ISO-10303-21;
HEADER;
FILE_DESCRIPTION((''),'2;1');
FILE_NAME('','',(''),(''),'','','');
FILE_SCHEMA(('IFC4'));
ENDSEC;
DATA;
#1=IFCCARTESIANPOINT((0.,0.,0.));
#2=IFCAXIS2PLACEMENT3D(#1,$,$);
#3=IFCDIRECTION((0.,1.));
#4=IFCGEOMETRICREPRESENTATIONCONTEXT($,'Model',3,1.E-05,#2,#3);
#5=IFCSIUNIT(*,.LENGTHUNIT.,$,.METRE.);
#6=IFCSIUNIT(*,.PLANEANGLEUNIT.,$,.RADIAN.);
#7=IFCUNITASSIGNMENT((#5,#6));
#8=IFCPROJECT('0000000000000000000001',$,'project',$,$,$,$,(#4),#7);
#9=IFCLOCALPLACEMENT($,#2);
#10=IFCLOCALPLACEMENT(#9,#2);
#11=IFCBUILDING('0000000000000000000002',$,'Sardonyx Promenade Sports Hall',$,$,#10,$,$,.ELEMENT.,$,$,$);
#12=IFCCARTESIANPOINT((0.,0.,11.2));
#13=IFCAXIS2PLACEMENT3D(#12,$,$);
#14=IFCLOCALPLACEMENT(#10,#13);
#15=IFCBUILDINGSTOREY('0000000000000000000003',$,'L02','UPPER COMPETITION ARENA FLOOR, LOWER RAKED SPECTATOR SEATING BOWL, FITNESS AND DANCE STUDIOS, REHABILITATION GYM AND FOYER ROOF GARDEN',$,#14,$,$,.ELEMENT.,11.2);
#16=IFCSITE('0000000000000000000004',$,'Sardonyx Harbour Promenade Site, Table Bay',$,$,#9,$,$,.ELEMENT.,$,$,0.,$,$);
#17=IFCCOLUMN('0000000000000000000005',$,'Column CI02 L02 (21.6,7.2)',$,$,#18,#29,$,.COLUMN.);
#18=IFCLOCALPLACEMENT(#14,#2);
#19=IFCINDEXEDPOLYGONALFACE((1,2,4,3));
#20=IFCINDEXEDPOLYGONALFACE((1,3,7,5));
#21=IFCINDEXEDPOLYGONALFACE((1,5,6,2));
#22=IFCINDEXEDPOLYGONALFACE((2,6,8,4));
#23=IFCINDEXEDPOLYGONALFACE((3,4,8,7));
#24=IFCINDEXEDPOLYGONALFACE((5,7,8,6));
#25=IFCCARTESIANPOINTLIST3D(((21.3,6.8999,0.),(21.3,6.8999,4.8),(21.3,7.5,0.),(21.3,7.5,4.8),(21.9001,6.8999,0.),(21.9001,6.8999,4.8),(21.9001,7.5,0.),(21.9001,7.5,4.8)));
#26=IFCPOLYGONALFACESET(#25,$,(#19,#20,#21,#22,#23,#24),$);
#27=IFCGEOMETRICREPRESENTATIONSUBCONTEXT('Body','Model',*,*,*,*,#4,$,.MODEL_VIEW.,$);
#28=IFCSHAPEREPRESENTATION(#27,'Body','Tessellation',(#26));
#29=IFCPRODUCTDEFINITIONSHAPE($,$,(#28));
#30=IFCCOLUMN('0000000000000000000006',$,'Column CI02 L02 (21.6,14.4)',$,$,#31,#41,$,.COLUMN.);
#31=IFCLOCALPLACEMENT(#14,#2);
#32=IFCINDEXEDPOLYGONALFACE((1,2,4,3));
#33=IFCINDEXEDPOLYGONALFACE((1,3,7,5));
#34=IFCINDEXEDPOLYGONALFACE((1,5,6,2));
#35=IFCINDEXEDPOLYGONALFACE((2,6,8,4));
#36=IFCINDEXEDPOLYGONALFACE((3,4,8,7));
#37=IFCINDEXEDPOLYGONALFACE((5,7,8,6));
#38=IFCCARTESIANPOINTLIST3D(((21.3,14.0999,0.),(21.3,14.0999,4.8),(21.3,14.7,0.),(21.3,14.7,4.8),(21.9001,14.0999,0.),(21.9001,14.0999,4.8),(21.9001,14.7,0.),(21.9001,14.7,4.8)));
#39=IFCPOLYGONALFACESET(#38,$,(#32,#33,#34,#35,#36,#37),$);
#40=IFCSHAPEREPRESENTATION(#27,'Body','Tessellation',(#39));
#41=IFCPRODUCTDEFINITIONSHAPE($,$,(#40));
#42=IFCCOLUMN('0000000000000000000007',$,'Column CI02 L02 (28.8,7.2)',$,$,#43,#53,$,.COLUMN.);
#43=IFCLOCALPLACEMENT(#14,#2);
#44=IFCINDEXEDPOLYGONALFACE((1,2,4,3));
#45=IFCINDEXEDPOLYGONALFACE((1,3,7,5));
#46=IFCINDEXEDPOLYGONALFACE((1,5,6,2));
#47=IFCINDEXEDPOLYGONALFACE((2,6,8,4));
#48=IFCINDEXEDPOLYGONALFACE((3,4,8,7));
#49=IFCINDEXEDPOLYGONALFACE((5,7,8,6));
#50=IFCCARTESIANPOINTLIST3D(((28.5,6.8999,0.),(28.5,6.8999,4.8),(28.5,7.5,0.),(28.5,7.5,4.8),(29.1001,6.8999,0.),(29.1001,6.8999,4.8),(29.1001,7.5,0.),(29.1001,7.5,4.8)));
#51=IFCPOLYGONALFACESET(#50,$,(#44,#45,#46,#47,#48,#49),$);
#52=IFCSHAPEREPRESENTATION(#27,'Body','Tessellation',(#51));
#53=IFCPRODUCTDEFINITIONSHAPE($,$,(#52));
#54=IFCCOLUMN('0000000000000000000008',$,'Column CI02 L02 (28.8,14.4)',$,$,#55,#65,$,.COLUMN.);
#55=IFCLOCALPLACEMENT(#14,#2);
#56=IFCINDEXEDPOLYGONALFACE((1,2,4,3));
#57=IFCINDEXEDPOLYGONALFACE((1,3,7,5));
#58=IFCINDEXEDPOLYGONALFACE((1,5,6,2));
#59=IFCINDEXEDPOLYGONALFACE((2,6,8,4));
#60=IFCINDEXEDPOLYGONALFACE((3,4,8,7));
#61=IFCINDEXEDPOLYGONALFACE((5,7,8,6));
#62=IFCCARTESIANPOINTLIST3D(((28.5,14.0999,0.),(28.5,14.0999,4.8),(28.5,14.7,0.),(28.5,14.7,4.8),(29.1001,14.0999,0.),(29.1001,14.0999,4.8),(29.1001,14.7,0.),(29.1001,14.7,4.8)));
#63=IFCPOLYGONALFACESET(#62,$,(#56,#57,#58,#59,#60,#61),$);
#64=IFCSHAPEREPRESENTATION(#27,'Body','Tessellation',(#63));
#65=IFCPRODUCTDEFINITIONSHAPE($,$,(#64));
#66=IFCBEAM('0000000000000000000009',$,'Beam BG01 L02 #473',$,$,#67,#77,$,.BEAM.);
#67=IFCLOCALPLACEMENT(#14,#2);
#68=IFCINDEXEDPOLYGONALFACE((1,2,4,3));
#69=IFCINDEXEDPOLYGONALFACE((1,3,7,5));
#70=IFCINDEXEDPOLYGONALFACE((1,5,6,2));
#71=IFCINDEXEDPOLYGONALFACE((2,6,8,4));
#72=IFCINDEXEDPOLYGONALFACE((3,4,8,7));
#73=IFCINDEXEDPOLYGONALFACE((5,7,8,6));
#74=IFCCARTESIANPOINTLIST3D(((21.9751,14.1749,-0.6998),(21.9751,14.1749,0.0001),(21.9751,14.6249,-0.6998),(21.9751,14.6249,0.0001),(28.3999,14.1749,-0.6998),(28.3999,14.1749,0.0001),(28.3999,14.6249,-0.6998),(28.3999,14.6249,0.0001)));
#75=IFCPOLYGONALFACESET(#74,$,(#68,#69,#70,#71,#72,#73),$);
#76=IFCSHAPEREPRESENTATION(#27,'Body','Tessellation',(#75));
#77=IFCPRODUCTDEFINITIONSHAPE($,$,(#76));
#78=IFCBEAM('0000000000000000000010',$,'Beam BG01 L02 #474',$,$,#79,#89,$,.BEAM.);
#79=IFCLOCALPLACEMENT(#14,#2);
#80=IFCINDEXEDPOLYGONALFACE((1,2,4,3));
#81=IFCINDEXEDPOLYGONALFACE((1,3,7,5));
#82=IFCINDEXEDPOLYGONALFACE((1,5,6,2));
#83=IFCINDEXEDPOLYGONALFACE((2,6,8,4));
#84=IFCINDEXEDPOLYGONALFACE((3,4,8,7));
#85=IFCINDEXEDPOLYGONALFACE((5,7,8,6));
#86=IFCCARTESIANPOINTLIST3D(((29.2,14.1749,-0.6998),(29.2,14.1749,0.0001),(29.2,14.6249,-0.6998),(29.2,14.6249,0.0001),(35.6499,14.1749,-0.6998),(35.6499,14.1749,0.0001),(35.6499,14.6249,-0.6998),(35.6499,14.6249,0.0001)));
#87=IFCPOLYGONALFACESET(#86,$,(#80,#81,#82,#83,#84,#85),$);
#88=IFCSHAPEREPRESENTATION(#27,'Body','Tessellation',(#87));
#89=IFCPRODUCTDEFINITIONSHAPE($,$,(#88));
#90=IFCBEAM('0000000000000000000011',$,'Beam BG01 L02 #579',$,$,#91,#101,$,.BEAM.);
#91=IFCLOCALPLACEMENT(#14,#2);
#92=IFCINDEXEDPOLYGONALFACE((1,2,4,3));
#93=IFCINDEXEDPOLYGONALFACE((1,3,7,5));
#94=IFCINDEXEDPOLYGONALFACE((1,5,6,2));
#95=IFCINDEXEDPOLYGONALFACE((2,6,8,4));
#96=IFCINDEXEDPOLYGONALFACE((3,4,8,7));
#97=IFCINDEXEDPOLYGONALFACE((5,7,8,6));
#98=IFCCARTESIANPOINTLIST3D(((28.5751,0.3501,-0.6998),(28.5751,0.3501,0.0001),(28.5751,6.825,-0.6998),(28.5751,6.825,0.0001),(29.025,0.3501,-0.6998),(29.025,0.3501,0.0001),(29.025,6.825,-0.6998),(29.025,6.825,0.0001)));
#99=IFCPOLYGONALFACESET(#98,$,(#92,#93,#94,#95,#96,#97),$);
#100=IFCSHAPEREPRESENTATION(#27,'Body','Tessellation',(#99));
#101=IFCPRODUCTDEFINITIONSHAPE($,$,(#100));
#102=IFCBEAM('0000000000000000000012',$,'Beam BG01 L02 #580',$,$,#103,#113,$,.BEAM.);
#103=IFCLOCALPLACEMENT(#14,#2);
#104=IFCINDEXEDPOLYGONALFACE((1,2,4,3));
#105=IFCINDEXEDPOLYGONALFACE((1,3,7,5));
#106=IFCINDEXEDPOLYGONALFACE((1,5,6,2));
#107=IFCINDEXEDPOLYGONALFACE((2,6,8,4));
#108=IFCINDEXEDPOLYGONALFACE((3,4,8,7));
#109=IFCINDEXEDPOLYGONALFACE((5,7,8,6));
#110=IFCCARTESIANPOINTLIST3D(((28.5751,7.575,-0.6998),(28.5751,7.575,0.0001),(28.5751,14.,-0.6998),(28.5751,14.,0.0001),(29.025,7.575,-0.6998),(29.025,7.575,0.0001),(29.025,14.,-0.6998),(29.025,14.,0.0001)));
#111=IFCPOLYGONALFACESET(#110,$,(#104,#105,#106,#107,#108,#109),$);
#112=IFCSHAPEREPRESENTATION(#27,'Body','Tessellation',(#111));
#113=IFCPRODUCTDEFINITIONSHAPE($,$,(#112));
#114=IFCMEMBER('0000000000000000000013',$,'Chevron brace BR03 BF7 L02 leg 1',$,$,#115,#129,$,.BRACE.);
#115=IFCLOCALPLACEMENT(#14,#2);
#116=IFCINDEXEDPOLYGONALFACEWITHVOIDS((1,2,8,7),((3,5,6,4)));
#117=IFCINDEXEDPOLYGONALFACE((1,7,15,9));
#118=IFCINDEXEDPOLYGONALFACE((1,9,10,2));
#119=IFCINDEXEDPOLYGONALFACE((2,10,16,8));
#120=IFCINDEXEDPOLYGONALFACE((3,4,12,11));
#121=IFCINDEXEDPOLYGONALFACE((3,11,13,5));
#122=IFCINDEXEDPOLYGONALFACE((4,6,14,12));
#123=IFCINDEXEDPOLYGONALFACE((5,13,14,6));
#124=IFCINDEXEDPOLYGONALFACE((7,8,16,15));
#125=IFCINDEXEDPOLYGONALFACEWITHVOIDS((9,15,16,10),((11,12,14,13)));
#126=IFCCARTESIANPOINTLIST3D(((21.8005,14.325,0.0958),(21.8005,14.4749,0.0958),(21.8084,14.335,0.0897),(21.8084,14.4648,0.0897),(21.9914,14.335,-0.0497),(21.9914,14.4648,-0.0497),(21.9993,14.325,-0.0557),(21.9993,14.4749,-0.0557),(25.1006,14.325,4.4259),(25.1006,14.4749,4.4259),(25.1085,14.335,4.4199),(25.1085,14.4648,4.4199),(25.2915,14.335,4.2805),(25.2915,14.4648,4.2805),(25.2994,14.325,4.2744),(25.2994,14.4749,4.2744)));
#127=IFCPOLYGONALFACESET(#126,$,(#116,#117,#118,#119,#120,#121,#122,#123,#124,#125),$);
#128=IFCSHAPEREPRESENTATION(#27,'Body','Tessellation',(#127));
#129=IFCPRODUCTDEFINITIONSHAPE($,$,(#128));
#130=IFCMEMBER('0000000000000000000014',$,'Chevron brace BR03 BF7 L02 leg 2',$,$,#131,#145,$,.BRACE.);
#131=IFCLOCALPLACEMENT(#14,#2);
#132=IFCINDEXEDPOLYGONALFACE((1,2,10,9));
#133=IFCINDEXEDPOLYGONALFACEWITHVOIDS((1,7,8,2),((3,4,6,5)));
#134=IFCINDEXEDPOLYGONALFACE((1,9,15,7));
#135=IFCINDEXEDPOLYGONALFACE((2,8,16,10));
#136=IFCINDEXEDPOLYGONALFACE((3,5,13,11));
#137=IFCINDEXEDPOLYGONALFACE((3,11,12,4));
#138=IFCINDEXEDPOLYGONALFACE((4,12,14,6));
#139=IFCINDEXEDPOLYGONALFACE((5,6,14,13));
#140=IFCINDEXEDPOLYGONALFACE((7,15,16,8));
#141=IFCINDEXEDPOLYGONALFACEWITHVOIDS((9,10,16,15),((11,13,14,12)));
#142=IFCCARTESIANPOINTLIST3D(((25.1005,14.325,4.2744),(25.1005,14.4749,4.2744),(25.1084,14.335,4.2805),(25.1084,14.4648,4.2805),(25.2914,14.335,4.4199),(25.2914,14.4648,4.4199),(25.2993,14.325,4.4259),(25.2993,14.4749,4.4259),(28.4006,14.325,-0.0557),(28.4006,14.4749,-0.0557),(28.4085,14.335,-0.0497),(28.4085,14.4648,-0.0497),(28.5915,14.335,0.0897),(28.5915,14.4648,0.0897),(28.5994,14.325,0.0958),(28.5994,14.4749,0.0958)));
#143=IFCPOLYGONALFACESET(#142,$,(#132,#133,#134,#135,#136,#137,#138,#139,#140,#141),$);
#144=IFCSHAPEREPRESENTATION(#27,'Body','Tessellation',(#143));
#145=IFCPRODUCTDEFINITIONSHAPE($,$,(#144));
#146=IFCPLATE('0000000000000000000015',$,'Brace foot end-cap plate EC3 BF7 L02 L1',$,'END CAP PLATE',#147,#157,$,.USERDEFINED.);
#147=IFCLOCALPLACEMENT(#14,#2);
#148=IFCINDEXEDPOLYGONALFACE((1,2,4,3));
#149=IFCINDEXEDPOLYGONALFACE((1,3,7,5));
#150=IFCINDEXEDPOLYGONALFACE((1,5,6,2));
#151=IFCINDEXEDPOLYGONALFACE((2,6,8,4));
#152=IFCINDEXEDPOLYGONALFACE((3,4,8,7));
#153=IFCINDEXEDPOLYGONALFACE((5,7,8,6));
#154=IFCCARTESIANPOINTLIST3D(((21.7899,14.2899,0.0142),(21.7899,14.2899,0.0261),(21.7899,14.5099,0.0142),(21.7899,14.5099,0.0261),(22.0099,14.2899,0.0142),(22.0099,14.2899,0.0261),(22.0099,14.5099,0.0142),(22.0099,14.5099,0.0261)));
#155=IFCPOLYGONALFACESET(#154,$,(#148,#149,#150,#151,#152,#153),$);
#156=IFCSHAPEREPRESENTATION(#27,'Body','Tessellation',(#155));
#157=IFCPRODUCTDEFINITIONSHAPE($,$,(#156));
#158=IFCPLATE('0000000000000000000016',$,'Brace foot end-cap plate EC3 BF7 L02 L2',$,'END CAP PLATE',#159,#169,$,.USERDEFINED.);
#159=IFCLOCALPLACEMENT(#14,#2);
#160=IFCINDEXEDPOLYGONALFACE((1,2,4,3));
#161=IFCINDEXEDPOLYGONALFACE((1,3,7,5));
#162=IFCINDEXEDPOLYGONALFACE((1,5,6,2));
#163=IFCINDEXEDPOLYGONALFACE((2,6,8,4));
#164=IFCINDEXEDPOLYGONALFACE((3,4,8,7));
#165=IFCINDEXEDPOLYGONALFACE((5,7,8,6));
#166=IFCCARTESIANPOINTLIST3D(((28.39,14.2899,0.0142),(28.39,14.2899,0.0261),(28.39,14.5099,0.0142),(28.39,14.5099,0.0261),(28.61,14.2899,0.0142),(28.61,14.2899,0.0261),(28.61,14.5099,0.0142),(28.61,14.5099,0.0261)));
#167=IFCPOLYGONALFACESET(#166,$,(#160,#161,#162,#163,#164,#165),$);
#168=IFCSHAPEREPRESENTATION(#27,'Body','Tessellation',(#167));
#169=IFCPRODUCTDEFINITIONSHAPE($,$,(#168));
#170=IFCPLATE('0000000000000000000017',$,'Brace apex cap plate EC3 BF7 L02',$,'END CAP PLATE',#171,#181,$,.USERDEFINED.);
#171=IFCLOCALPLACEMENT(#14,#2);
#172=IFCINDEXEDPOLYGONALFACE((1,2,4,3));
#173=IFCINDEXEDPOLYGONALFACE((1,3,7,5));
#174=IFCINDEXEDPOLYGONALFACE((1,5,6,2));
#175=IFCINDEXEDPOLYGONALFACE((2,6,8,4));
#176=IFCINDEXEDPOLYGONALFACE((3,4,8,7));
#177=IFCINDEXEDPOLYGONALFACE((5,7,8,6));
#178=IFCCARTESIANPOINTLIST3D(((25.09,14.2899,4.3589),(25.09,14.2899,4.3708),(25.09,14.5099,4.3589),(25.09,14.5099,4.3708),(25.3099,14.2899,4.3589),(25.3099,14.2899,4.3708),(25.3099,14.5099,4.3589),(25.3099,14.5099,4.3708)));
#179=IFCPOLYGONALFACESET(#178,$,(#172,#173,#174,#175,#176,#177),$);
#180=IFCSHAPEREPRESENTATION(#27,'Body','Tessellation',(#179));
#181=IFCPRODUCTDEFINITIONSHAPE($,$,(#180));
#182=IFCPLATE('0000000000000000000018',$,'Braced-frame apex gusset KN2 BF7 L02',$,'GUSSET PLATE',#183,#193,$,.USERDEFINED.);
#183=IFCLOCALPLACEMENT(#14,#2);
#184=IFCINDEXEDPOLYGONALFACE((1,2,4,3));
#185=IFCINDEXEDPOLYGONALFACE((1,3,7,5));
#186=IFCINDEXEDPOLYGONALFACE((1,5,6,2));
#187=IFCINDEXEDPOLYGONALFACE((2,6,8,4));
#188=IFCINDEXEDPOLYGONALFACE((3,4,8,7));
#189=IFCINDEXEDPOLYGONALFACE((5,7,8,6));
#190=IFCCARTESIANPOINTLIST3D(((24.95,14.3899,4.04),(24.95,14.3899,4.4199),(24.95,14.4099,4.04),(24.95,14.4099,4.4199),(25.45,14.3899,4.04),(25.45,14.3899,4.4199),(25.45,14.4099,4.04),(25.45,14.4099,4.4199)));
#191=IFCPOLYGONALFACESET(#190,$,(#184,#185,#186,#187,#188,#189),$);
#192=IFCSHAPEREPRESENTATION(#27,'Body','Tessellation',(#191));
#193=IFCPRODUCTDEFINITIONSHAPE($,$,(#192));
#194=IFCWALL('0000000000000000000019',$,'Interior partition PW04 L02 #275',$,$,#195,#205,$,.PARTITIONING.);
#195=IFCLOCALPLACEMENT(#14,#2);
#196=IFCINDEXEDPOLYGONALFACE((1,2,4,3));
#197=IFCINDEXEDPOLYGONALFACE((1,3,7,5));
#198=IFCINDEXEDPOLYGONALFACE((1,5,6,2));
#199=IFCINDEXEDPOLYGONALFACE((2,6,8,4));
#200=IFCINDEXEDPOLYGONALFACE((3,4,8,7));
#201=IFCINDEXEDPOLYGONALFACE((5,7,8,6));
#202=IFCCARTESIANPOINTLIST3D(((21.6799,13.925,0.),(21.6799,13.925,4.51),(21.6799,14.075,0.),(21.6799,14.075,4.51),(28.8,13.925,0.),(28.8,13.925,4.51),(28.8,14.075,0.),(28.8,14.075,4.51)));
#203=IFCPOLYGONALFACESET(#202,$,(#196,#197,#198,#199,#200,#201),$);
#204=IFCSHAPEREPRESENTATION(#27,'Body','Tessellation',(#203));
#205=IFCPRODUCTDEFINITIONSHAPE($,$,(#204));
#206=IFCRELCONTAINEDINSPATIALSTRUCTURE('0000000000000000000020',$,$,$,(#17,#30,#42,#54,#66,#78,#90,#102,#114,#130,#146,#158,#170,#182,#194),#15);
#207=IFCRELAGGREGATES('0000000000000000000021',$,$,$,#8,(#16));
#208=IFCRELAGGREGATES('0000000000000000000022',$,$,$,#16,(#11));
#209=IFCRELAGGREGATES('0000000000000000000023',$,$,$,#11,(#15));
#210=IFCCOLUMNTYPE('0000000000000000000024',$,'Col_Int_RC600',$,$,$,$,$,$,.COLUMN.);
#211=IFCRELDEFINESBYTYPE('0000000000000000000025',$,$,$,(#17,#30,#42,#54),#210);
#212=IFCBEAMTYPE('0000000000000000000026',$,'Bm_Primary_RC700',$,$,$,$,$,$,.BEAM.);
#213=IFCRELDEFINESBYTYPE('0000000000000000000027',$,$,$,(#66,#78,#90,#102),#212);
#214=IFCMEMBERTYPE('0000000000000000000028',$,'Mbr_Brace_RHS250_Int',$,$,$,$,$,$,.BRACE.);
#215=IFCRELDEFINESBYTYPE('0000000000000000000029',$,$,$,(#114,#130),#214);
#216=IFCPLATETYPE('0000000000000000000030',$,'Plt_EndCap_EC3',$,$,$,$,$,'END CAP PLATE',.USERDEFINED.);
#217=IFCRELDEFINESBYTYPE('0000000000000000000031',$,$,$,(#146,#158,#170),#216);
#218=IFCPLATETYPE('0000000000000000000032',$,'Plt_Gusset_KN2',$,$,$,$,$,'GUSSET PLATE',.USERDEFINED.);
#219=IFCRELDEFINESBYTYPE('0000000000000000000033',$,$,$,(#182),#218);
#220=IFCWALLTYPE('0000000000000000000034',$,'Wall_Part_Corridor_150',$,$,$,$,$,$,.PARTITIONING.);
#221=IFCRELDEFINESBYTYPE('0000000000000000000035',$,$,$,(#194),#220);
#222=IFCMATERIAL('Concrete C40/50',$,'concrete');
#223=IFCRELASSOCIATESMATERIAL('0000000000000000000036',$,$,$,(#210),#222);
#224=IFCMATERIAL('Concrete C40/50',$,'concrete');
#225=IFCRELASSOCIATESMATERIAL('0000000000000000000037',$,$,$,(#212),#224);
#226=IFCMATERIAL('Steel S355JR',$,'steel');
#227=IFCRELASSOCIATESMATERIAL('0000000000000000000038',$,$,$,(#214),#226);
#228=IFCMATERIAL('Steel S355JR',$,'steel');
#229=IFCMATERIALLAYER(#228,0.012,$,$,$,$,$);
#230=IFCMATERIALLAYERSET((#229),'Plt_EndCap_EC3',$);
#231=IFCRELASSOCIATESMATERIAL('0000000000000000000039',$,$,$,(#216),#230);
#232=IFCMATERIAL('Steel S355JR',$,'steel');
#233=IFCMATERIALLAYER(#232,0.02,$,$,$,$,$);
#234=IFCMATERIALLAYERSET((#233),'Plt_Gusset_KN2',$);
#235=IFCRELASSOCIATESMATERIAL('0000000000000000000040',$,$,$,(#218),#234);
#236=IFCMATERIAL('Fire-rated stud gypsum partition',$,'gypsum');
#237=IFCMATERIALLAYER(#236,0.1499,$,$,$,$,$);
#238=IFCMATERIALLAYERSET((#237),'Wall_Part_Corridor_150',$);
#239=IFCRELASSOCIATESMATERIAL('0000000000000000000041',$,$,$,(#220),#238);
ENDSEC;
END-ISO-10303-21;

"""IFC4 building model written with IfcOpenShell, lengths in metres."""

from ifc_helpers import new_model, si_unit, direction, frame, frame_2d, origin, origin_2d, place, context, subcontext, project, spatial, rectangle, hollow_rectangle, extrude, material, layer, layer_set, material_profile, profile_set, type_object, element, save


model = new_model("IFC4")

# Units and contexts
model_context = context("Model", 3, precision=1e-05, world=origin(), true_north=direction((0.0, 1.0)))
body_context = subcontext(model_context, "Body", "Model", "MODEL_VIEW")
ifc_project = project(units=[si_unit("LENGTHUNIT", "METRE"), si_unit("PLANEANGLEUNIT", "RADIAN")], contexts=[model_context])

# Site, building, storey
site_placement = place(None, origin())
site = spatial("IfcSite", under=ifc_project, at=site_placement, Name="Sardonyx Harbour Promenade Site, Table Bay", CompositionType="ELEMENT", RefElevation=0.0)
building_placement = place(site_placement, origin())
building = spatial("IfcBuilding", under=site, at=building_placement, Name="Sardonyx Promenade Sports Hall", CompositionType="ELEMENT")
storey_placement = place(building_placement, frame((0.0, 0.0, 11.2)))
storey = spatial("IfcBuildingStorey", under=building, at=storey_placement, Name="L02", Description="UPPER COMPETITION ARENA FLOOR, LOWER RAKED SPECTATOR SEATING BOWL, FITNESS AND DANCE STUDIOS, REHABILITATION GYM AND FOYER ROOF GARDEN", CompositionType="ELEMENT", Elevation=11.2)

# Columns
ifc_material_1 = material(Name="Concrete C40/50", Category="concrete")
ifc_material_profile_1 = material_profile(ifc_material_1, rectangle(XDim=0.6001, YDim=0.6001, at=origin_2d()))
ifc_profile_set_1 = profile_set([ifc_material_profile_1], Name="Concrete C40/50")
column_type = type_object("IfcColumnType", Name="Col_Int_RC600", PredefinedType="COLUMN", material=ifc_profile_set_1)
for number, where, z_axis, x_axis, name in (
    (1, (21.6001, 7.2, 0.0), (0.0, 0.0, 1.0), (1.0, 0.0, 0.0), "Column CI02 L02 (21.6,7.2)"),
    (2, (21.6001, 14.3999, 0.0), (0.0, 0.0, 1.0), (1.0, 0.0, 0.0), "Column CI02 L02 (21.6,14.4)"),
    (3, (28.8, 7.2, 0.0), (0.0, 0.0, 1.0), (1.0, 0.0, 0.0), "Column CI02 L02 (28.8,7.2)"),
    (4, (28.8, 14.3999, 0.0), (0.0, 0.0, 1.0), (1.0, 0.0, 0.0), "Column CI02 L02 (28.8,14.4)"),
):
    element("IfcColumn", number, at=place(storey_placement, frame(where, z_axis=z_axis, x_axis=x_axis)), inside=storey, type_object=column_type, Name=name, PredefinedType="COLUMN", context=body_context, shape_type="SweptSolid", body=[
        extrude(rectangle(XDim=0.6001, YDim=0.6001, at=origin_2d()), origin(), (0.0, 0.0, 1.0), 4.8),
    ])

# Beams
ifc_material_2 = material(Name="Concrete C40/50", Category="concrete")
ifc_material_profile_2 = material_profile(ifc_material_2, rectangle(XDim=0.45, YDim=0.7, at=origin_2d()))
ifc_profile_set_2 = profile_set([ifc_material_profile_2], Name="Concrete C40/50")
beam_type = type_object("IfcBeamType", Name="Bm_Primary_RC700", PredefinedType="BEAM", material=ifc_profile_set_2)
beam_1_placement = place(storey_placement, frame((21.9751, 14.3999, -0.3499), z_axis=(1.0, 0.0, 0.0), x_axis=(0.0, 1.0, 0.0)))
element("IfcBeam", 5, at=beam_1_placement, inside=storey, type_object=beam_type, Name="Beam BG01 L02 #473", PredefinedType="BEAM", context=body_context, shape_type="SweptSolid", body=[
    extrude(rectangle(XDim=0.45, YDim=0.7, at=origin_2d()), origin(), (0.0, 0.0, 1.0), 6.4248),
])
beam_2_placement = place(storey_placement, frame((29.2, 14.3999, -0.3499), z_axis=(1.0, 0.0, 0.0), x_axis=(0.0, 1.0, 0.0)))
element("IfcBeam", 6, at=beam_2_placement, inside=storey, type_object=beam_type, Name="Beam BG01 L02 #474", PredefinedType="BEAM", context=body_context, shape_type="SweptSolid", body=[
    extrude(rectangle(XDim=0.45, YDim=0.7, at=origin_2d()), origin(), (0.0, 0.0, 1.0), 6.45),
])
beam_3_placement = place(storey_placement, frame((28.8, 0.3501, -0.3499), z_axis=(0.0, 1.0, 0.0), x_axis=(-1.0, 0.0, 0.0)))
element("IfcBeam", 7, at=beam_3_placement, inside=storey, type_object=beam_type, Name="Beam BG01 L02 #579", PredefinedType="BEAM", context=body_context, shape_type="SweptSolid", body=[
    extrude(rectangle(XDim=0.45, YDim=0.7, at=origin_2d()), origin(), (0.0, 0.0, 1.0), 6.4749),
])
beam_4_placement = place(storey_placement, frame((28.8, 7.575, -0.3499), z_axis=(0.0, 1.0, 0.0), x_axis=(-1.0, 0.0, 0.0)))
element("IfcBeam", 8, at=beam_4_placement, inside=storey, type_object=beam_type, Name="Beam BG01 L02 #580", PredefinedType="BEAM", context=body_context, shape_type="SweptSolid", body=[
    extrude(rectangle(XDim=0.45, YDim=0.7, at=origin_2d()), origin(), (0.0, 0.0, 1.0), 6.425),
])

# Members
ifc_material_3 = material(Name="Steel S355JR", Category="steel")
ifc_material_profile_3 = material_profile(ifc_material_3, hollow_rectangle(XDim=0.1499, YDim=0.25, WallThickness=0.01, at=origin_2d()))
ifc_profile_set_3 = profile_set([ifc_material_profile_3], Name="Steel S355JR")
member_type = type_object("IfcMemberType", Name="Mbr_Brace_RHS250_Int", PredefinedType="BRACE", material=ifc_profile_set_3)
for number, where, z_axis, x_axis, name in (
    (9, (21.8999, 14.3999, 0.02), (0.606153, 0.0, 0.795348), (0.0, 1.0, 0.0), "Chevron brace BR03 BF7 L02 leg 1"),
    (10, (28.5, 14.3999, 0.02), (-0.606153, 0.0, 0.795348), (0.0, -1.0, 0.0), "Chevron brace BR03 BF7 L02 leg 2"),
):
    element("IfcMember", number, at=place(storey_placement, frame(where, z_axis=z_axis, x_axis=x_axis)), inside=storey, type_object=member_type, Name=name, PredefinedType="BRACE", context=body_context, shape_type="SweptSolid", body=[
        extrude(hollow_rectangle(XDim=0.1499, YDim=0.25, WallThickness=0.01, at=origin_2d()), origin(), (0.0, 0.0, 1.0), 5.4443),
    ])

# Plates
ifc_material_4 = material(Name="Steel S355JR", Category="steel")
ifc_layer_1 = layer(ifc_material_4, 0.012)
ifc_layer_set_1 = layer_set([ifc_layer_1], Name="Plt_EndCap_EC3")
plate_type_1 = type_object("IfcPlateType", Name="Plt_EndCap_EC3", ElementType="END CAP PLATE", PredefinedType="USERDEFINED", material=ifc_layer_set_1)
for number, where, z_axis, x_axis, name in (
    (11, (21.8999, 14.3999, 0.0142), (0.0, 0.0, 1.0), (1.0, 0.0, 0.0), "Brace foot end-cap plate EC3 BF7 L02 L1"),
    (12, (28.5, 14.3999, 0.0142), (0.0, 0.0, 1.0), (1.0, 0.0, 0.0), "Brace foot end-cap plate EC3 BF7 L02 L2"),
    (13, (25.2, 14.3999, 4.3589), (0.0, 0.0, 1.0), (1.0, 0.0, 0.0), "Brace apex cap plate EC3 BF7 L02"),
):
    element("IfcPlate", number, at=place(storey_placement, frame(where, z_axis=z_axis, x_axis=x_axis)), inside=storey, type_object=plate_type_1, Name=name, ObjectType="END CAP PLATE", PredefinedType="USERDEFINED", context=body_context, shape_type="SweptSolid", body=[
        extrude(rectangle(XDim=0.22, YDim=0.22, at=origin_2d()), origin(), (0.0, 0.0, 1.0), 0.012),
    ])
ifc_material_5 = material(Name="Steel S355JR", Category="steel")
ifc_layer_2 = layer(ifc_material_5, 0.02)
ifc_layer_set_2 = layer_set([ifc_layer_2], Name="Plt_Gusset_KN2")
plate_type_2 = type_object("IfcPlateType", Name="Plt_Gusset_KN2", ElementType="GUSSET PLATE", PredefinedType="USERDEFINED", material=ifc_layer_set_2)
plate_placement = place(storey_placement, frame((25.2, 14.3999, 4.04), z_axis=(0.0, 0.0, 1.0), x_axis=(1.0, 0.0, 0.0)))
element("IfcPlate", 14, at=plate_placement, inside=storey, type_object=plate_type_2, Name="Braced-frame apex gusset KN2 BF7 L02", ObjectType="GUSSET PLATE", PredefinedType="USERDEFINED", context=body_context, shape_type="SweptSolid", body=[
    extrude(rectangle(XDim=0.5, YDim=0.02, at=origin_2d()), origin(), (0.0, 0.0, 1.0), 0.3799),
])

# Wall
ifc_material_6 = material(Name="Fire-rated stud gypsum partition", Category="gypsum")
ifc_layer_3 = layer(ifc_material_6, 0.1499)
ifc_layer_set_3 = layer_set([ifc_layer_3], Name="Wall_Part_Corridor_150")
wall_type_1 = type_object("IfcWallType", Name="Wall_Part_Corridor_150", PredefinedType="PARTITIONING", material=ifc_layer_set_3)
wall_1_placement = place(storey_placement, frame((21.6799, 14.0, 0.0), z_axis=(0.0, 0.0, 1.0), x_axis=(1.0, 0.0, 0.0)))
element("IfcWall", 15, at=wall_1_placement, inside=storey, type_object=wall_type_1, Name="Interior partition PW04 L02 #275", PredefinedType="PARTITIONING", context=body_context, shape_type="SweptSolid", body=[
    extrude(rectangle(XDim=7.1201, YDim=0.1499, at=frame_2d((3.5601, 0.0))), origin(), (0.0, 0.0, 1.0), 4.51),
])

save(model, "model.ifc")
